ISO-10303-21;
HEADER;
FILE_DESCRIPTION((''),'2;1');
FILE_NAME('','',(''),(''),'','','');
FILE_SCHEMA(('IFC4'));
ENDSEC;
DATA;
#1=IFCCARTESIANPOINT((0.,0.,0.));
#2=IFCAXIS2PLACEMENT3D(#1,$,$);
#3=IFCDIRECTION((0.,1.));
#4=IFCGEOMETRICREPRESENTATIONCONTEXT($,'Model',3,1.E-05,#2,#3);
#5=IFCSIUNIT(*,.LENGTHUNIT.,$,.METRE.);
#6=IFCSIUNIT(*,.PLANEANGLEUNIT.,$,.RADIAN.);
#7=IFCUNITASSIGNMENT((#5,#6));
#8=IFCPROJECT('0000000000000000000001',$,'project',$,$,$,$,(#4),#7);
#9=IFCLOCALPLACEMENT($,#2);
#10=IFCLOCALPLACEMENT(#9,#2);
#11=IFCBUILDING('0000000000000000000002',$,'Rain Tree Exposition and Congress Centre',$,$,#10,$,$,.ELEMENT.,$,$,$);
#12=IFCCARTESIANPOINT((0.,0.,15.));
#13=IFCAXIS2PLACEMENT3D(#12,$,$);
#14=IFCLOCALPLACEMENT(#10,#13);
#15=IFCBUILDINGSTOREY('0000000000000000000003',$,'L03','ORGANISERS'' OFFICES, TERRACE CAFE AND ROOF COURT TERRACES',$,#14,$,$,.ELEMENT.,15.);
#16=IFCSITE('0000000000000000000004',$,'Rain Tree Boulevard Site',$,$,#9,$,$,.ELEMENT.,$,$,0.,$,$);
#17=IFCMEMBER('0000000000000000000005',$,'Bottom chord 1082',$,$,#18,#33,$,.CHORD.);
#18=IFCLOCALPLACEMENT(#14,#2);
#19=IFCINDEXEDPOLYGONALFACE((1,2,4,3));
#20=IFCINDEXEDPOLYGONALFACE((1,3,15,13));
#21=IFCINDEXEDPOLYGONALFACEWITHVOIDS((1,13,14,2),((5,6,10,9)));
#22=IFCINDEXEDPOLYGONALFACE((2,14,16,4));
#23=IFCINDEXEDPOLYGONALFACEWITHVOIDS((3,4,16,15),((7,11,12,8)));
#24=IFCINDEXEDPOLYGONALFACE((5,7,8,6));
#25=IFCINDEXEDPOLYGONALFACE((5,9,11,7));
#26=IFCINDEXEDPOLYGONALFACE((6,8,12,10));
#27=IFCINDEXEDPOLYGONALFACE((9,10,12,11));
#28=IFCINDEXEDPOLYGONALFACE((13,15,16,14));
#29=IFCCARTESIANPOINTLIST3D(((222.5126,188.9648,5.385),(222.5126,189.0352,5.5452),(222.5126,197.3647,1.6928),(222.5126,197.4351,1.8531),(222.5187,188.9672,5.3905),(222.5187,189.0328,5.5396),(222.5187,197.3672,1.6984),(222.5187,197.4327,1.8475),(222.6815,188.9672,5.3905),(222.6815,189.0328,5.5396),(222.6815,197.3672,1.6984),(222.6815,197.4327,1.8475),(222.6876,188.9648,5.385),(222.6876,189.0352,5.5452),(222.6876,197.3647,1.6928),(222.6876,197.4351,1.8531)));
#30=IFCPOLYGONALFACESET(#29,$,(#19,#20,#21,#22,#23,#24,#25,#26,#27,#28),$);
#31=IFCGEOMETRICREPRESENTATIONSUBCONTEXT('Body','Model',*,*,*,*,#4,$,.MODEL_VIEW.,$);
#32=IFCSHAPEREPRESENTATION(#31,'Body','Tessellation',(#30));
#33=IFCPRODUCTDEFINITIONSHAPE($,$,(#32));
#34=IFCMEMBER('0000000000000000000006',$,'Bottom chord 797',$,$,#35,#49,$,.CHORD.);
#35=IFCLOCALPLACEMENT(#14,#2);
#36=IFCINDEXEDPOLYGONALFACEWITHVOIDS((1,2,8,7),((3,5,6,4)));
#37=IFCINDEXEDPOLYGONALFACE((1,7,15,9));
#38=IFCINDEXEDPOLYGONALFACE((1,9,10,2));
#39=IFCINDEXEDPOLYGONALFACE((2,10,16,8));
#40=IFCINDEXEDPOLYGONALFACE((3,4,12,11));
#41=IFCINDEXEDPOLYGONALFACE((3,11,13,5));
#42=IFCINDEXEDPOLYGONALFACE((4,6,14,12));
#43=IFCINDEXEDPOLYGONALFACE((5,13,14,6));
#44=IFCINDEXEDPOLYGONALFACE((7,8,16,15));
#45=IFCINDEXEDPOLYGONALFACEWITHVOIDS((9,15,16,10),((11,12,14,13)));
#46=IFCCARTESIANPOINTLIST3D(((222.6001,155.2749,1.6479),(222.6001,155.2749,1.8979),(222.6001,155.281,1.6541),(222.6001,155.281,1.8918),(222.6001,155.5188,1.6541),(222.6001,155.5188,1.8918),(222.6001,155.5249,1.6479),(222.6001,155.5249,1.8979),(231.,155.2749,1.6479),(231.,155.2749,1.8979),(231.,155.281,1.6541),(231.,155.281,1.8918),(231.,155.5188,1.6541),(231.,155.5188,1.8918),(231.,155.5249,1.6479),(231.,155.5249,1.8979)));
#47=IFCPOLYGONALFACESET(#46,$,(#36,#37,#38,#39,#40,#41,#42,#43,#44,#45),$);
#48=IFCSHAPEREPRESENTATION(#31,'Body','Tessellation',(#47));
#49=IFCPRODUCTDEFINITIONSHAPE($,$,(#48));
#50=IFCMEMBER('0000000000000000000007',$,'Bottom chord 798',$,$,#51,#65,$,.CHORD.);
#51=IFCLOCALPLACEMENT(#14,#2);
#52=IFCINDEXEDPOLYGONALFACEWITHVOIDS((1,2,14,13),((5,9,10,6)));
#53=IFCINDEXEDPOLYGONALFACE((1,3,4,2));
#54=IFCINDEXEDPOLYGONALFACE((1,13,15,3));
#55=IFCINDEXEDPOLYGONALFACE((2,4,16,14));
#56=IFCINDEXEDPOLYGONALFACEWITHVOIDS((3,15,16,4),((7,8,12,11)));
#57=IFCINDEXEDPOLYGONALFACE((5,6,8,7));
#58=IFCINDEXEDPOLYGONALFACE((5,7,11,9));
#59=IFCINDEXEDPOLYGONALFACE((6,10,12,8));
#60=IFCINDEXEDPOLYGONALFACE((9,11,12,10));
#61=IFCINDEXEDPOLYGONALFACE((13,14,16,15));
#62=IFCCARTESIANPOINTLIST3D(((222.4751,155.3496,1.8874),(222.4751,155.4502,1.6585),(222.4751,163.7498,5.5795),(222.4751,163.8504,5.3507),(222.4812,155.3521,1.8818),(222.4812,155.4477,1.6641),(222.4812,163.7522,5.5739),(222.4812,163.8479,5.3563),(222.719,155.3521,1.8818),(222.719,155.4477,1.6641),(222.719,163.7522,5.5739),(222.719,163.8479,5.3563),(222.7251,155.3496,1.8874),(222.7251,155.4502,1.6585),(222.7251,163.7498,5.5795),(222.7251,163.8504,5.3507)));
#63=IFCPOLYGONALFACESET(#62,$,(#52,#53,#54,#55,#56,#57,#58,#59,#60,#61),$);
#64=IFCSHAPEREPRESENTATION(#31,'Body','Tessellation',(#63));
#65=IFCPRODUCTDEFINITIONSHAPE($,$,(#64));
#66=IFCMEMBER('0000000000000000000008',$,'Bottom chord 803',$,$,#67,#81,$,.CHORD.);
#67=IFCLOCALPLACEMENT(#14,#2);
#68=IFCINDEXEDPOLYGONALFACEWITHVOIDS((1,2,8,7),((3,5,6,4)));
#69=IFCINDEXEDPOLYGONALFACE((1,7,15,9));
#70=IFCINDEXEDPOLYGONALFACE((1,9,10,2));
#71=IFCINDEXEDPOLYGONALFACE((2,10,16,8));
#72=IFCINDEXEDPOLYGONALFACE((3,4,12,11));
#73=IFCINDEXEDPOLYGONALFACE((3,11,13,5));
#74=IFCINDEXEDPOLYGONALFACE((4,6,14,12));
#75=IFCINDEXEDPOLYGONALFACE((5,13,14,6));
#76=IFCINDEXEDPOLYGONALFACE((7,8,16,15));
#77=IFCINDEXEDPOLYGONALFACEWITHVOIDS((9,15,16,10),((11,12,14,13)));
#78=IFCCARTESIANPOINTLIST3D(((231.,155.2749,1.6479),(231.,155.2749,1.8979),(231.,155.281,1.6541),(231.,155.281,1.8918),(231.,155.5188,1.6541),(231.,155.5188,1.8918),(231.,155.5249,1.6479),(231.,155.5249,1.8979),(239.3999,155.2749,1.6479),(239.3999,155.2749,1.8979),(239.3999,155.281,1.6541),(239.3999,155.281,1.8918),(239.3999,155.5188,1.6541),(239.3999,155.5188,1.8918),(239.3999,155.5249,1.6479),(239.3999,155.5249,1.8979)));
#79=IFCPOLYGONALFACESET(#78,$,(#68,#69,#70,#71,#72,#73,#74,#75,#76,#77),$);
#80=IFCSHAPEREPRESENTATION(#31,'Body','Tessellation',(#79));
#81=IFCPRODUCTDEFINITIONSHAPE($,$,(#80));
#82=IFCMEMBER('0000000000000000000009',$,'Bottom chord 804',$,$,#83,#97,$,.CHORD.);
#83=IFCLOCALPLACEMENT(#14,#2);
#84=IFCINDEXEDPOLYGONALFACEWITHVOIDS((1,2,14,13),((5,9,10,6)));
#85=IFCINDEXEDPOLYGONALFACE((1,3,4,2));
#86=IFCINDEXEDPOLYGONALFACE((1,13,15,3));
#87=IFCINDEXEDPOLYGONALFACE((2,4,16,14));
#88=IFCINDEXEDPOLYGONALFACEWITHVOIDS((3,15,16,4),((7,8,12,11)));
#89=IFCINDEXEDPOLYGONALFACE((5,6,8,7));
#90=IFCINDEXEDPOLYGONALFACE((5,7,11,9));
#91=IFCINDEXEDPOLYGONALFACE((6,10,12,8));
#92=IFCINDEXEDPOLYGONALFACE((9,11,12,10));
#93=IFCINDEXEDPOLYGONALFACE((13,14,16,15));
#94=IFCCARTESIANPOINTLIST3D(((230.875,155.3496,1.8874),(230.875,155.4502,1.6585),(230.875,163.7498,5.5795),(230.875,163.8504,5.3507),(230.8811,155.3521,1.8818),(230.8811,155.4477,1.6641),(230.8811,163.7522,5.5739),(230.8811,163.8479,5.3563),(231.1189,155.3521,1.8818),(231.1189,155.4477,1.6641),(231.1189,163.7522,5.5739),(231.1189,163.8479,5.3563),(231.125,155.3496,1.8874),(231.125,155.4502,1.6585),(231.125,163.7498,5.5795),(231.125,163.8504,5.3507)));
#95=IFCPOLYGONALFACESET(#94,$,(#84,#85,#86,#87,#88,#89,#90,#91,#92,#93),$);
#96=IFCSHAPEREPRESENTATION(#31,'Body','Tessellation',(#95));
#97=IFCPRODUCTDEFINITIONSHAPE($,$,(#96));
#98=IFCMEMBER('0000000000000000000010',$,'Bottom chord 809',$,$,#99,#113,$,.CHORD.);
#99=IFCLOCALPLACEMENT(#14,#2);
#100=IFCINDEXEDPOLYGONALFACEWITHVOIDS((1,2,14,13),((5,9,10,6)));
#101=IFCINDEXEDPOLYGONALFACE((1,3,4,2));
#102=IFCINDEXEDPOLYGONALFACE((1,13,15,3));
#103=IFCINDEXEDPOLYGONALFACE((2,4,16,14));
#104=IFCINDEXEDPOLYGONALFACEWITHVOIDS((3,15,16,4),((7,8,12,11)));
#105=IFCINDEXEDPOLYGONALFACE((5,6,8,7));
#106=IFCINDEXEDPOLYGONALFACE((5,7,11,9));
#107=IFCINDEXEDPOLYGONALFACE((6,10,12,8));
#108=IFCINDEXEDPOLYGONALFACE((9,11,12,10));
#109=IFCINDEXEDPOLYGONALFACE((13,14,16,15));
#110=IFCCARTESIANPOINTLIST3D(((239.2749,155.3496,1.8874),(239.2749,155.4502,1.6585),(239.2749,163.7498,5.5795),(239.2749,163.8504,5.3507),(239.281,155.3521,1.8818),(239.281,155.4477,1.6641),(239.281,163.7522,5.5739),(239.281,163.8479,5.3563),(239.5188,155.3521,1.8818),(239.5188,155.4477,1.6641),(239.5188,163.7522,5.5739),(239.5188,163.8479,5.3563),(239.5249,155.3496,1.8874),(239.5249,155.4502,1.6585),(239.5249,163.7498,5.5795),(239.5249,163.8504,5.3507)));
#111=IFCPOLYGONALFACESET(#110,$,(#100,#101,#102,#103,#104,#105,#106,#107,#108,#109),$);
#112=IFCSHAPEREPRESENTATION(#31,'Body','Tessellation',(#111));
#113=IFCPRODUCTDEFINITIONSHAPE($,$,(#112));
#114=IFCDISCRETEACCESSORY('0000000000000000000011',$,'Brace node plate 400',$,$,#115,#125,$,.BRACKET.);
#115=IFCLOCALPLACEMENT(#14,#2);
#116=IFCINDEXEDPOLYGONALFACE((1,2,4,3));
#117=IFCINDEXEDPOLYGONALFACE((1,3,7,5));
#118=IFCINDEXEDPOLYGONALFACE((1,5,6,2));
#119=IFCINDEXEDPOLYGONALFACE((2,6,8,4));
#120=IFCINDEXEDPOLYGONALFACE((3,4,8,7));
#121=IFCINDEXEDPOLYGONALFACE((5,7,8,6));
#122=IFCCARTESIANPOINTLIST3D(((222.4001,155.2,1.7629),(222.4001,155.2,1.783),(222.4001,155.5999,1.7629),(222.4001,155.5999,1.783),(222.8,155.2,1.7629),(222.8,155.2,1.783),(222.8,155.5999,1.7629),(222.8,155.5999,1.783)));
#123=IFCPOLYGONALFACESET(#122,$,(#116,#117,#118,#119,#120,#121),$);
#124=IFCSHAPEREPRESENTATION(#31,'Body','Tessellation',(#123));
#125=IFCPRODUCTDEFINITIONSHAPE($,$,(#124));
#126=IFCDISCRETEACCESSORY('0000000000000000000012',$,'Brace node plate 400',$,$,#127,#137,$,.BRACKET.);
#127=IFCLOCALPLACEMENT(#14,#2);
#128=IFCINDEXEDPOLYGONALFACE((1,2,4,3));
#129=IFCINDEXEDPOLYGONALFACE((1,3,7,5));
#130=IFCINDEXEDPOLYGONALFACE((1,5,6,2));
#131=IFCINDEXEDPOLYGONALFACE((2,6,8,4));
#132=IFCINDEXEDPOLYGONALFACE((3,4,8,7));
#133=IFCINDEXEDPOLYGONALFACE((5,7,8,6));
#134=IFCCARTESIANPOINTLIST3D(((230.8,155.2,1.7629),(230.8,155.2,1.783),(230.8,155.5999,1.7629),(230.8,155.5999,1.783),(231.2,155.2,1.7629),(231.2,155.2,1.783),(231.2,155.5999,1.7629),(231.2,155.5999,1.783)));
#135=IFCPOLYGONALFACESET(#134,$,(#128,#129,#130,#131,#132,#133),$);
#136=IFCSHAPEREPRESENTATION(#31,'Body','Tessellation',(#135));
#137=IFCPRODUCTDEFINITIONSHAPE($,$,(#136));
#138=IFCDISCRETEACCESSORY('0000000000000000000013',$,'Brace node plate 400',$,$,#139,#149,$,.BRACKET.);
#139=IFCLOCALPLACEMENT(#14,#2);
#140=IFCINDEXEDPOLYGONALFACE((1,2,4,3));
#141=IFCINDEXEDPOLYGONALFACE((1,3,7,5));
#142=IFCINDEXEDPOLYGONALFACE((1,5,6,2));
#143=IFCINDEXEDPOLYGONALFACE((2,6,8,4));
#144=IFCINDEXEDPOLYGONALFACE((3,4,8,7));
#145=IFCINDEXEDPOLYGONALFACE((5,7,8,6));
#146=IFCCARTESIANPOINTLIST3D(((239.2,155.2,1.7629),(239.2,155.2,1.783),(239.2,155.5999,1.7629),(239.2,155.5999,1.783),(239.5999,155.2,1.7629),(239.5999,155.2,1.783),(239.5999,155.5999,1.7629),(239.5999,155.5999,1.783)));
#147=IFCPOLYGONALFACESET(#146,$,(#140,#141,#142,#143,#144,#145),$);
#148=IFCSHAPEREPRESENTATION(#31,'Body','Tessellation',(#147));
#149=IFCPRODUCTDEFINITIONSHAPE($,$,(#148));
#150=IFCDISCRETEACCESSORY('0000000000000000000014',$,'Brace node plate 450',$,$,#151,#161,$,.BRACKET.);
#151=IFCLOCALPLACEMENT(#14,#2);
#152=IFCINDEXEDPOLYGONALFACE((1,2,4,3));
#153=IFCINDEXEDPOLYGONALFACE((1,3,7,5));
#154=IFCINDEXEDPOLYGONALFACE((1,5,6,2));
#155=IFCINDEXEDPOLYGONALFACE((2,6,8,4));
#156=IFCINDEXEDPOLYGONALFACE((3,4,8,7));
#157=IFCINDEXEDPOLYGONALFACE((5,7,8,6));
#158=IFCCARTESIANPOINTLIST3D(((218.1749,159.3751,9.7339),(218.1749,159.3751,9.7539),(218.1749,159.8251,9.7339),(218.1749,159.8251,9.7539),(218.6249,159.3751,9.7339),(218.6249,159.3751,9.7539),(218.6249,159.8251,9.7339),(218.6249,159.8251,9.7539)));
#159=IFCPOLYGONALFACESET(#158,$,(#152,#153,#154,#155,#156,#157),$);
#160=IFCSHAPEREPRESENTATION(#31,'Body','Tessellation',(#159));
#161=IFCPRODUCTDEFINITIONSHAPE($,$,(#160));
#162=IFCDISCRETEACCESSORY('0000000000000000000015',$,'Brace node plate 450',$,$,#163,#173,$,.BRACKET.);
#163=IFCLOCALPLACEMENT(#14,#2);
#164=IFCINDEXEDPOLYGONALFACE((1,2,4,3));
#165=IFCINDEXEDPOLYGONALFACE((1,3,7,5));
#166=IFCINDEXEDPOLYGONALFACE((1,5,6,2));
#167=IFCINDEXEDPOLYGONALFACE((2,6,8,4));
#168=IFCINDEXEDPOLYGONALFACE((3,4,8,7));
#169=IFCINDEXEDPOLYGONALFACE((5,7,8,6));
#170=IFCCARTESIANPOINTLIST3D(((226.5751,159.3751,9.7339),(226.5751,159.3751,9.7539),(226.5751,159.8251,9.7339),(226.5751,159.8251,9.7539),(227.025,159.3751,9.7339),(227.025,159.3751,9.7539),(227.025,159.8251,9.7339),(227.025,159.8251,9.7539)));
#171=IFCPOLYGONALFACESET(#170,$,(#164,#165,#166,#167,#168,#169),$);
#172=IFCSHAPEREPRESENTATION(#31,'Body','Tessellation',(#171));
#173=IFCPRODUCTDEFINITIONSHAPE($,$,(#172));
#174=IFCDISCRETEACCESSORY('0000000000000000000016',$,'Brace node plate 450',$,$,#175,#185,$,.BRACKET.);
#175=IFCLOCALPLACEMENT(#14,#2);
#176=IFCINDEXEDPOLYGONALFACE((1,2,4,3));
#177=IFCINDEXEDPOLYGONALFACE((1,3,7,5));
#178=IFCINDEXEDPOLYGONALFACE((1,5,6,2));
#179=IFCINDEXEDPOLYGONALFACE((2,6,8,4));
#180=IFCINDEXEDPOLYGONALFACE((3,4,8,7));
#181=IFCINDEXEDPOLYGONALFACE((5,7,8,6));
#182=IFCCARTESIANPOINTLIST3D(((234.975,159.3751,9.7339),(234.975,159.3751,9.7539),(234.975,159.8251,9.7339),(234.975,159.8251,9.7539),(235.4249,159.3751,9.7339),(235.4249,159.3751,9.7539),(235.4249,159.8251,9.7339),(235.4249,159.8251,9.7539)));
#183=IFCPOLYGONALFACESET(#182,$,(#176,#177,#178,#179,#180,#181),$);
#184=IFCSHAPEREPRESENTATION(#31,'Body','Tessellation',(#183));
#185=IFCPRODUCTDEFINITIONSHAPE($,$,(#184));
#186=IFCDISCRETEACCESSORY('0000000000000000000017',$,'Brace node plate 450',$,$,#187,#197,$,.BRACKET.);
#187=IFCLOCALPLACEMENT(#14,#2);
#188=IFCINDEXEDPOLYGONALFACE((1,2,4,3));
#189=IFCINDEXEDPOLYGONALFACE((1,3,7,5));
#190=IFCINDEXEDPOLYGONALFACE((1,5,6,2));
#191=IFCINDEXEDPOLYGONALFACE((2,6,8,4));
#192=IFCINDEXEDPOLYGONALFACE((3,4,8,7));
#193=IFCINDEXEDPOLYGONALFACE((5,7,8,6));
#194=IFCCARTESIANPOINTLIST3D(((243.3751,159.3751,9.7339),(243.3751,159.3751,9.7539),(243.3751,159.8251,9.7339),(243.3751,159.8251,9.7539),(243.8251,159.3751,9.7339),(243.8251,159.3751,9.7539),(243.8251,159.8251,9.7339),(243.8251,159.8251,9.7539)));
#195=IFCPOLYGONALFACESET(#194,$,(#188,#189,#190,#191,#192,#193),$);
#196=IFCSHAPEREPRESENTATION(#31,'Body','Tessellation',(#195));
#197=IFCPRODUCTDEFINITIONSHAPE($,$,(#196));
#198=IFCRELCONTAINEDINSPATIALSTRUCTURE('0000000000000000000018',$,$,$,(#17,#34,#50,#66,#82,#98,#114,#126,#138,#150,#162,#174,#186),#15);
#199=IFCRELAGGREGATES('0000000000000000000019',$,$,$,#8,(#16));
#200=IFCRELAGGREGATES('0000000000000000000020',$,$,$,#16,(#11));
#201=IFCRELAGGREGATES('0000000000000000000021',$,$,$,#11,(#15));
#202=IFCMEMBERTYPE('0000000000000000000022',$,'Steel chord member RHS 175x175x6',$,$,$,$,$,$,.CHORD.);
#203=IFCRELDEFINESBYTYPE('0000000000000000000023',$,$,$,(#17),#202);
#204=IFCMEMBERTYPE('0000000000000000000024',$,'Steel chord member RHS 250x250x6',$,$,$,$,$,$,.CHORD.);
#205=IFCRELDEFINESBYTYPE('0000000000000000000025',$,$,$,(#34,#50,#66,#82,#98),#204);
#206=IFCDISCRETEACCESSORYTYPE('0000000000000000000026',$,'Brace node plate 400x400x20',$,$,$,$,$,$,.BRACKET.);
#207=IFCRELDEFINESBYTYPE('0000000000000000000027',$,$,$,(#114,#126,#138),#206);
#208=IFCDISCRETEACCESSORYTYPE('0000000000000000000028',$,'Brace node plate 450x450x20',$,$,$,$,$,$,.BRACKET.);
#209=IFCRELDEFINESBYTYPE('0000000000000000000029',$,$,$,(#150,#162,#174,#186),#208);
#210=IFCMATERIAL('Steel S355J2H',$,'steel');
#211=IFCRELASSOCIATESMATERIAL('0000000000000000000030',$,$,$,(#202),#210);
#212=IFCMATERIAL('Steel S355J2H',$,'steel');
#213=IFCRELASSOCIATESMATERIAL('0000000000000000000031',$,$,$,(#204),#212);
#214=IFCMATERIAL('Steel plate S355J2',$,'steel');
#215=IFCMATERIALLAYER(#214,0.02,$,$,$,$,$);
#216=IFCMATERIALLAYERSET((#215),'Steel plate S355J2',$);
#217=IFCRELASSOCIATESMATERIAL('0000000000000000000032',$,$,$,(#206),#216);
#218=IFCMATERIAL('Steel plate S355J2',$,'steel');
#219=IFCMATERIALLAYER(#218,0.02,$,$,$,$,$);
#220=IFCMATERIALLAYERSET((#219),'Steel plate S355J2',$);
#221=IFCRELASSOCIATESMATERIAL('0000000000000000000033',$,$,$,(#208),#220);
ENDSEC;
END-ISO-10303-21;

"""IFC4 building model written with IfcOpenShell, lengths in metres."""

from ifc_helpers import new_model, si_unit, direction, frame, origin, origin_2d, place, context, subcontext, project, spatial, rectangle, hollow_rectangle, extrude, material, layer, layer_set, material_profile, profile_set, type_object, element, save


model = new_model("IFC4")

# Units and contexts
model_context = context("Model", 3, precision=1e-05, world=origin(), true_north=direction((0.0, 1.0)))
body_context = subcontext(model_context, "Body", "Model", "MODEL_VIEW")
ifc_project = project(units=[si_unit("LENGTHUNIT", "METRE"), si_unit("PLANEANGLEUNIT", "RADIAN")], contexts=[model_context])

# Site, building, storey
site_placement = place(None, origin())
site = spatial("IfcSite", under=ifc_project, at=site_placement, Name="Rain Tree Boulevard Site", CompositionType="ELEMENT", RefElevation=0.0)
building_placement = place(site_placement, origin())
building = spatial("IfcBuilding", under=site, at=building_placement, Name="Rain Tree Exposition and Congress Centre", CompositionType="ELEMENT")
storey_placement = place(building_placement, frame((0.0, 0.0, 15.0)))
storey = spatial("IfcBuildingStorey", under=building, at=storey_placement, Name="L03", Description="ORGANISERS' OFFICES, TERRACE CAFE AND ROOF COURT TERRACES", CompositionType="ELEMENT", Elevation=15.0)

# Members
ifc_material_1 = material(Name="Steel S355J2H", Category="steel")
ifc_material_profile_1 = material_profile(ifc_material_1, hollow_rectangle(XDim=0.175, YDim=0.175, WallThickness=0.0061, at=origin_2d()), Name="RHS 175x175x6")
ifc_profile_set_1 = profile_set([ifc_material_profile_1], Name="Steel S355J2H")
member_type_1 = type_object("IfcMemberType", Name="Steel chord member RHS 175x175x6", PredefinedType="CHORD", material=ifc_profile_set_1)
member_1_placement = place(storey_placement, frame((222.6001, 189.0, 5.4651), z_axis=(0.0, 0.915468, -0.40239), x_axis=(-1.0, 0.0, 0.0)))
element("IfcMember", 1, at=member_1_placement, inside=storey, type_object=member_type_1, Name="Bottom chord 1082", PredefinedType="CHORD", context=body_context, shape_type="SweptSolid", body=[
    extrude(hollow_rectangle(XDim=0.175, YDim=0.175, WallThickness=0.0061, at=origin_2d()), origin(), (0.0, 0.0, 1.0), 9.1755),
])
ifc_material_2 = material(Name="Steel S355J2H", Category="steel")
ifc_material_profile_2 = material_profile(ifc_material_2, hollow_rectangle(XDim=0.25, YDim=0.25, WallThickness=0.0061, at=origin_2d()), Name="RHS 250x250x6")
ifc_profile_set_2 = profile_set([ifc_material_profile_2], Name="Steel S355J2H")
member_type_2 = type_object("IfcMemberType", Name="Steel chord member RHS 250x250x6", PredefinedType="CHORD", material=ifc_profile_set_2)
member_2_placement = place(storey_placement, frame((222.6001, 155.3999, 1.7729), z_axis=(1.0, 0.0, 0.0), x_axis=(0.0, 1.0, 0.0)))
element("IfcMember", 2, at=member_2_placement, inside=storey, type_object=member_type_2, Name="Bottom chord 797", PredefinedType="CHORD", context=body_context, shape_type="SweptSolid", body=[
    extrude(hollow_rectangle(XDim=0.25, YDim=0.25, WallThickness=0.0061, at=origin_2d()), origin(), (0.0, 0.0, 1.0), 8.3999),
])
member_3_placement = place(storey_placement, frame((222.6001, 155.3999, 1.7729), z_axis=(0.0, 0.915473, 0.40238), x_axis=(-1.0, 0.0, 0.0)))
element("IfcMember", 3, at=member_3_placement, inside=storey, type_object=member_type_2, Name="Bottom chord 798", PredefinedType="CHORD", context=body_context, shape_type="SweptSolid", body=[
    extrude(hollow_rectangle(XDim=0.25, YDim=0.25, WallThickness=0.0061, at=origin_2d()), origin(), (0.0, 0.0, 1.0), 9.1758),
])
member_4_placement = place(storey_placement, frame((231.0, 155.3999, 1.7729), z_axis=(1.0, 0.0, 0.0), x_axis=(0.0, 1.0, 0.0)))
element("IfcMember", 4, at=member_4_placement, inside=storey, type_object=member_type_2, Name="Bottom chord 803", PredefinedType="CHORD", context=body_context, shape_type="SweptSolid", body=[
    extrude(hollow_rectangle(XDim=0.25, YDim=0.25, WallThickness=0.0061, at=origin_2d()), origin(), (0.0, 0.0, 1.0), 8.3999),
])
for number, where, z_axis, x_axis, name in (
    (5, (231.0, 155.3999, 1.7729), (0.0, 0.915473, 0.40238), (-1.0, 0.0, 0.0), "Bottom chord 804"),
    (6, (239.3999, 155.3999, 1.7729), (0.0, 0.915473, 0.40238), (-1.0, 0.0, 0.0), "Bottom chord 809"),
):
    element("IfcMember", number, at=place(storey_placement, frame(where, z_axis=z_axis, x_axis=x_axis)), inside=storey, type_object=member_type_2, Name=name, PredefinedType="CHORD", context=body_context, shape_type="SweptSolid", body=[
        extrude(hollow_rectangle(XDim=0.25, YDim=0.25, WallThickness=0.0061, at=origin_2d()), origin(), (0.0, 0.0, 1.0), 9.1758),
    ])

# Discrete accessories
ifc_material_3 = material(Name="Steel plate S355J2", Category="steel")
ifc_layer_1 = layer(ifc_material_3, 0.02)
ifc_layer_set_1 = layer_set([ifc_layer_1], Name="Steel plate S355J2")
discrete_accessory_type_1 = type_object("IfcDiscreteAccessoryType", Name="Brace node plate 400x400x20", PredefinedType="BRACKET", material=ifc_layer_set_1)
for number, where, z_axis, x_axis, name in (
    (7, (222.6001, 155.3999, 1.7629), (0.0, 0.0, 1.0), (1.0, 0.0, 0.0), "Brace node plate 400"),
    (8, (231.0, 155.3999, 1.7629), (0.0, 0.0, 1.0), (1.0, 0.0, 0.0), "Brace node plate 400"),
    (9, (239.3999, 155.3999, 1.7629), (0.0, 0.0, 1.0), (1.0, 0.0, 0.0), "Brace node plate 400"),
):
    element("IfcDiscreteAccessory", number, at=place(storey_placement, frame(where, z_axis=z_axis, x_axis=x_axis)), inside=storey, type_object=discrete_accessory_type_1, Name=name, PredefinedType="BRACKET", context=body_context, shape_type="SweptSolid", body=[
        extrude(rectangle(XDim=0.3999, YDim=0.3999, at=origin_2d()), origin(), (0.0, 0.0, 1.0), 0.02),
    ])
ifc_material_4 = material(Name="Steel plate S355J2", Category="steel")
ifc_layer_2 = layer(ifc_material_4, 0.02)
ifc_layer_set_2 = layer_set([ifc_layer_2], Name="Steel plate S355J2")
discrete_accessory_type_2 = type_object("IfcDiscreteAccessoryType", Name="Brace node plate 450x450x20", PredefinedType="BRACKET", material=ifc_layer_set_2)
for number, where, z_axis, x_axis, name in (
    (10, (218.3999, 159.6001, 9.7339), (0.0, 0.0, 1.0), (1.0, 0.0, 0.0), "Brace node plate 450"),
    (11, (226.8, 159.6001, 9.7339), (0.0, 0.0, 1.0), (1.0, 0.0, 0.0), "Brace node plate 450"),
    (12, (235.2, 159.6001, 9.7339), (0.0, 0.0, 1.0), (1.0, 0.0, 0.0), "Brace node plate 450"),
    (13, (243.6001, 159.6001, 9.7339), (0.0, 0.0, 1.0), (1.0, 0.0, 0.0), "Brace node plate 450"),
):
    element("IfcDiscreteAccessory", number, at=place(storey_placement, frame(where, z_axis=z_axis, x_axis=x_axis)), inside=storey, type_object=discrete_accessory_type_2, Name=name, PredefinedType="BRACKET", context=body_context, shape_type="SweptSolid", body=[
        extrude(rectangle(XDim=0.45, YDim=0.45, at=origin_2d()), origin(), (0.0, 0.0, 1.0), 0.02),
    ])

save(model, "model.ifc")
